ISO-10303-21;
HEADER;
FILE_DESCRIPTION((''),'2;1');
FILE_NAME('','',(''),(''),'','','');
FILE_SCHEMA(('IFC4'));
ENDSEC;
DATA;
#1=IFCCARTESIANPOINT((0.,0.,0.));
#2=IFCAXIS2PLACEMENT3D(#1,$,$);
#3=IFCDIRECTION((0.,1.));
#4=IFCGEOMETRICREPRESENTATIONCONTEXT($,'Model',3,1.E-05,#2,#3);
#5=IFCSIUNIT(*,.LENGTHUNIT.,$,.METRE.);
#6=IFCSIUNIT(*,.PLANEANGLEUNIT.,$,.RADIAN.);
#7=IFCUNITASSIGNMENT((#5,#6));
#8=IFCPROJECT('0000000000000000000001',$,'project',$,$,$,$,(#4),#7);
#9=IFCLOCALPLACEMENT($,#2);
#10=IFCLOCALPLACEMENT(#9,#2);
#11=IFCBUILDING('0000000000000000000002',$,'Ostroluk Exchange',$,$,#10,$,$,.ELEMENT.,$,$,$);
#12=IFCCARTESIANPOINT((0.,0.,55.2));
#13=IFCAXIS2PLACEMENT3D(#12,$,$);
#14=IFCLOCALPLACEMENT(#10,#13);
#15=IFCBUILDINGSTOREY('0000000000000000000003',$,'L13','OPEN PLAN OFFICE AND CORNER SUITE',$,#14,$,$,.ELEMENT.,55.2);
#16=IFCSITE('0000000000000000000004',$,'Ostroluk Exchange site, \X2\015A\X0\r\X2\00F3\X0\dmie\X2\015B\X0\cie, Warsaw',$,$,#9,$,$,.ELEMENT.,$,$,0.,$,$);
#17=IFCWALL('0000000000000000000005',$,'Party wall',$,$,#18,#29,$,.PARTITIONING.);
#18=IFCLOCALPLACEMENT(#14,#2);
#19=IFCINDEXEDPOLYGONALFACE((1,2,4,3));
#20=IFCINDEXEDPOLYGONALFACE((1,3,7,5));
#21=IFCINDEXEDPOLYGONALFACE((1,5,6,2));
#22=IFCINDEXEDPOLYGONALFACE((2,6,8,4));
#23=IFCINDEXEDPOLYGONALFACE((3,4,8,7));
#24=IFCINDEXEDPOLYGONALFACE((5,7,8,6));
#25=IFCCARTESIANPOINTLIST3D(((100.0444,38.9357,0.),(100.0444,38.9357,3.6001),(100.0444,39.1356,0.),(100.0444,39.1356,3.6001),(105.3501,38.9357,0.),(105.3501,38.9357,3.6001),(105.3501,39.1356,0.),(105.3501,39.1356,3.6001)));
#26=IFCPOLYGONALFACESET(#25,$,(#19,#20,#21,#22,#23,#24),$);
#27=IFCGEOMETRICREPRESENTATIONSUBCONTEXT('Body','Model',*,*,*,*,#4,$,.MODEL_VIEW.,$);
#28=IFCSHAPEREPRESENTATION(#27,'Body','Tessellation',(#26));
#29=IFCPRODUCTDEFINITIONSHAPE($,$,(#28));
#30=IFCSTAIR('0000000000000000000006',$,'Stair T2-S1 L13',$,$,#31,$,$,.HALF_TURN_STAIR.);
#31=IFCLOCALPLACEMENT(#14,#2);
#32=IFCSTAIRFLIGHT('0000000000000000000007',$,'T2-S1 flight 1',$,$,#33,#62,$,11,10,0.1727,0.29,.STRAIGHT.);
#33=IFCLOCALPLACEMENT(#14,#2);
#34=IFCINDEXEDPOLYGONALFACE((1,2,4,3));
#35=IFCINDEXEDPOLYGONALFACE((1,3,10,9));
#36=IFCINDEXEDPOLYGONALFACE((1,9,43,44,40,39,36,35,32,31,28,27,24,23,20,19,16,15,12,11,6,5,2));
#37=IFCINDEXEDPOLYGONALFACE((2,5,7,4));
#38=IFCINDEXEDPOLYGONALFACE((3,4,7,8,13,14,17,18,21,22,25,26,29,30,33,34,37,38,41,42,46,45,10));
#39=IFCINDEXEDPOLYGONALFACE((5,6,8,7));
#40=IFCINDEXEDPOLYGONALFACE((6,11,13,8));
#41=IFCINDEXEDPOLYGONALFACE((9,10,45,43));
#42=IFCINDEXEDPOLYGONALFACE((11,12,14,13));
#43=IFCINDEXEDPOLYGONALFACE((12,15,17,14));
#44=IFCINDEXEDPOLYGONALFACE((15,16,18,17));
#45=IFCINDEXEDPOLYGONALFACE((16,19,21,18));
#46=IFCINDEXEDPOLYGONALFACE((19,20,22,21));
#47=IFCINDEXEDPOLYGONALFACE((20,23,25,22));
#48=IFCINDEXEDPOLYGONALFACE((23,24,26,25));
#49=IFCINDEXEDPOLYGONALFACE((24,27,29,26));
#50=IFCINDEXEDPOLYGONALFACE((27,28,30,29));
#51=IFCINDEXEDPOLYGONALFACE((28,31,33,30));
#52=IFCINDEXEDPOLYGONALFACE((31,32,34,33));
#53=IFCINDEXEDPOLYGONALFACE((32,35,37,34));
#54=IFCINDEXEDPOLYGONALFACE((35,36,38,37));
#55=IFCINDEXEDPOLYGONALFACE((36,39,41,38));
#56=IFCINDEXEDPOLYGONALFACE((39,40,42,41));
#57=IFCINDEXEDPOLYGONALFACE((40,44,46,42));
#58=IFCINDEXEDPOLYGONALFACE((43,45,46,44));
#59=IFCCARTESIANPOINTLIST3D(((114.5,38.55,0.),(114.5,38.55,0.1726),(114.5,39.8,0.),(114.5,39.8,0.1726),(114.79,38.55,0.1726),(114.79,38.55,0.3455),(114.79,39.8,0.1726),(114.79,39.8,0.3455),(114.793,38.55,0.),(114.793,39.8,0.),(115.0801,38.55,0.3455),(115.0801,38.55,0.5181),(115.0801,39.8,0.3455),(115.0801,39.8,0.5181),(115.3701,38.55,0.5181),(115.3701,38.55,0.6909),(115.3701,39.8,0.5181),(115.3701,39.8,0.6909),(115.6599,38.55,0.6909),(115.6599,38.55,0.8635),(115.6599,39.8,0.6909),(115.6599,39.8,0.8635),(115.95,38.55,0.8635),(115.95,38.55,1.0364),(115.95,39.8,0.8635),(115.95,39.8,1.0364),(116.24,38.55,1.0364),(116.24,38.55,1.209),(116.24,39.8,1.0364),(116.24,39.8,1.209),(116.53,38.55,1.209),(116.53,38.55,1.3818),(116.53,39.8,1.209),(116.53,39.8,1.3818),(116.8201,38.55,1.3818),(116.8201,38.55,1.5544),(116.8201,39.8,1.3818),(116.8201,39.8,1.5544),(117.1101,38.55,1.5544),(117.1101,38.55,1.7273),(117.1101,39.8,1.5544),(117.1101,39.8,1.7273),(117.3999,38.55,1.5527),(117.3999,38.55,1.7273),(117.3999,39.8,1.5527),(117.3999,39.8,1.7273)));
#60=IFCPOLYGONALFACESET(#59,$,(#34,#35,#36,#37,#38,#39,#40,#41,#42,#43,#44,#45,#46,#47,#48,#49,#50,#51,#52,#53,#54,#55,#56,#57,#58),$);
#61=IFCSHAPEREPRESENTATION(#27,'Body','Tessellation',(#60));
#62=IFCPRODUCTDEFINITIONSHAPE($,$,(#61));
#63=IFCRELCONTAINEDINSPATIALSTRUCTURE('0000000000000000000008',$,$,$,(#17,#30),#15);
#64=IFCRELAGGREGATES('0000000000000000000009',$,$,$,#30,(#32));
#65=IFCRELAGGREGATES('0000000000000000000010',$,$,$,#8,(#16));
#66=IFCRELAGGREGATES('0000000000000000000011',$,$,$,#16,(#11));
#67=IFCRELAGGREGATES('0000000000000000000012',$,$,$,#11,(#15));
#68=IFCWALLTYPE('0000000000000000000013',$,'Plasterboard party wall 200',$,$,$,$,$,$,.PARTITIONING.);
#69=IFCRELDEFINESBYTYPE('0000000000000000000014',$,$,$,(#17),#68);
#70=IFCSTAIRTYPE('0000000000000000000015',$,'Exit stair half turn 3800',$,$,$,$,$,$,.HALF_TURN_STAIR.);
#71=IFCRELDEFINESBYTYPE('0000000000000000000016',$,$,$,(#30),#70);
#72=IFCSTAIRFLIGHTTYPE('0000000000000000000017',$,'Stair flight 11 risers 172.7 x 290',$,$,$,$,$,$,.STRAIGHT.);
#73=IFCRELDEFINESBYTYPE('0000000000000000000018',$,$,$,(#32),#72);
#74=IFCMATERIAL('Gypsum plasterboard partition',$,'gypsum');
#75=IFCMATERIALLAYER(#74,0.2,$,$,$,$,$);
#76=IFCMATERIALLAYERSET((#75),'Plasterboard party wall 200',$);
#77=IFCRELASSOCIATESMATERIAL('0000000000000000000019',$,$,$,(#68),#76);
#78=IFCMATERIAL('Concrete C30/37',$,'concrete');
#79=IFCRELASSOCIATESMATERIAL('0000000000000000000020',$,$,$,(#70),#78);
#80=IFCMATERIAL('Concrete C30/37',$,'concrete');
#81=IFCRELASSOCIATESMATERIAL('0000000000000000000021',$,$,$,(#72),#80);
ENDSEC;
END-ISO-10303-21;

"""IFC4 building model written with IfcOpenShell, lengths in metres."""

from ifc_helpers import new_model, si_unit, direction, frame, frame_2d, origin, place, context, subcontext, project, spatial, polyline, rectangle, outline, extrude, material, layer, layer_set, type_object, element, aggregate, save


model = new_model("IFC4")

# Units and contexts
model_context = context("Model", 3, precision=1e-05, world=origin(), true_north=direction((0.0, 1.0)))
body_context = subcontext(model_context, "Body", "Model", "MODEL_VIEW")
ifc_project = project(units=[si_unit("LENGTHUNIT", "METRE"), si_unit("PLANEANGLEUNIT", "RADIAN")], contexts=[model_context])

# Site, building, storey
site_placement = place(None, origin())
site = spatial("IfcSite", under=ifc_project, at=site_placement, Name="Ostroluk Exchange site, Śródmieście, Warsaw", CompositionType="ELEMENT", RefElevation=0.0)
building_placement = place(site_placement, origin())
building = spatial("IfcBuilding", under=site, at=building_placement, Name="Ostroluk Exchange", CompositionType="ELEMENT")
storey_placement = place(building_placement, frame((0.0, 0.0, 55.2)))
storey = spatial("IfcBuildingStorey", under=building, at=storey_placement, Name="L13", Description="OPEN PLAN OFFICE AND CORNER SUITE", CompositionType="ELEMENT", Elevation=55.2)

# Wall
ifc_material_1 = material(Name="Gypsum plasterboard partition", Category="gypsum")
ifc_layer_1 = layer(ifc_material_1, 0.2)
ifc_layer_set_1 = layer_set([ifc_layer_1], Name="Plasterboard party wall 200")
wall_type_1 = type_object("IfcWallType", Name="Plasterboard party wall 200", PredefinedType="PARTITIONING", material=ifc_layer_set_1)
wall_1_placement = place(storey_placement, frame((105.3501, 39.0356, 0.0), z_axis=(0.0, 0.0, 1.0), x_axis=(-1.0, 0.0, 0.0)))
element("IfcWall", 1, at=wall_1_placement, inside=storey, type_object=wall_type_1, Name="Party wall", PredefinedType="PARTITIONING", context=body_context, shape_type="SweptSolid", body=[
    extrude(rectangle(XDim=5.3057, YDim=0.2, at=frame_2d((2.6528, 0.0))), origin(), (0.0, 0.0, 1.0), 3.6001),
])

# Stair, stair flight
ifc_material_2 = material(Name="Concrete C30/37", Category="concrete")
stair_type = type_object("IfcStairType", Name="Exit stair half turn 3800", PredefinedType="HALF_TURN_STAIR", material=ifc_material_2)
stair_placement = place(storey_placement, origin())
stair = element("IfcStair", 2, at=stair_placement, inside=storey, type_object=stair_type, Name="Stair T2-S1 L13", PredefinedType="HALF_TURN_STAIR")
ifc_material_3 = material(Name="Concrete C30/37", Category="concrete")
stair_flight_type = type_object("IfcStairFlightType", Name="Stair flight 11 risers 172.7 x 290", PredefinedType="STRAIGHT", material=ifc_material_3)
stair_flight_placement = place(storey_placement, frame((114.5, 39.175, 0.0), z_axis=(0.0, 0.0, 1.0), x_axis=(1.0, 0.0, 0.0)))
stair_flight = element("IfcStairFlight", 3, at=stair_flight_placement, type_object=stair_flight_type, Name="T2-S1 flight 1", NumberOfRisers=11, NumberOfTreads=10, PredefinedType="STRAIGHT", RiserHeight=0.1727, TreadLength=0.29, context=body_context, shape_type="SweptSolid", body=[
    extrude(outline(polyline([(0.0, 0.0), (0.0, 0.1726), (0.29, 0.1726), (0.29, 0.3455), (0.5801, 0.3455), (0.5801, 0.5181), (0.8701, 0.5181), (0.8701, 0.6909), (1.1599, 0.6909), (1.1599, 0.8635), (1.45, 0.8635), (1.45, 1.0364), (1.74, 1.0364), (1.74, 1.209), (2.03, 1.209), (2.03, 1.3818), (2.3201, 1.3818), (2.3201, 1.5544), (2.6101, 1.5544), (2.6101, 1.7273), (2.8999, 1.7273), (2.8999, 1.8999), (2.8999, 1.5527), (0.293, 0.0), (0.0, 0.0)])), frame((0.0, 0.625, 0.0), z_axis=(0.0, -1.0, 0.0), x_axis=(1.0, 0.0, 0.0)), (0.0, 0.0, 1.0), 1.25),
])
aggregate(stair, [stair_flight])

save(model, "model.ifc")
